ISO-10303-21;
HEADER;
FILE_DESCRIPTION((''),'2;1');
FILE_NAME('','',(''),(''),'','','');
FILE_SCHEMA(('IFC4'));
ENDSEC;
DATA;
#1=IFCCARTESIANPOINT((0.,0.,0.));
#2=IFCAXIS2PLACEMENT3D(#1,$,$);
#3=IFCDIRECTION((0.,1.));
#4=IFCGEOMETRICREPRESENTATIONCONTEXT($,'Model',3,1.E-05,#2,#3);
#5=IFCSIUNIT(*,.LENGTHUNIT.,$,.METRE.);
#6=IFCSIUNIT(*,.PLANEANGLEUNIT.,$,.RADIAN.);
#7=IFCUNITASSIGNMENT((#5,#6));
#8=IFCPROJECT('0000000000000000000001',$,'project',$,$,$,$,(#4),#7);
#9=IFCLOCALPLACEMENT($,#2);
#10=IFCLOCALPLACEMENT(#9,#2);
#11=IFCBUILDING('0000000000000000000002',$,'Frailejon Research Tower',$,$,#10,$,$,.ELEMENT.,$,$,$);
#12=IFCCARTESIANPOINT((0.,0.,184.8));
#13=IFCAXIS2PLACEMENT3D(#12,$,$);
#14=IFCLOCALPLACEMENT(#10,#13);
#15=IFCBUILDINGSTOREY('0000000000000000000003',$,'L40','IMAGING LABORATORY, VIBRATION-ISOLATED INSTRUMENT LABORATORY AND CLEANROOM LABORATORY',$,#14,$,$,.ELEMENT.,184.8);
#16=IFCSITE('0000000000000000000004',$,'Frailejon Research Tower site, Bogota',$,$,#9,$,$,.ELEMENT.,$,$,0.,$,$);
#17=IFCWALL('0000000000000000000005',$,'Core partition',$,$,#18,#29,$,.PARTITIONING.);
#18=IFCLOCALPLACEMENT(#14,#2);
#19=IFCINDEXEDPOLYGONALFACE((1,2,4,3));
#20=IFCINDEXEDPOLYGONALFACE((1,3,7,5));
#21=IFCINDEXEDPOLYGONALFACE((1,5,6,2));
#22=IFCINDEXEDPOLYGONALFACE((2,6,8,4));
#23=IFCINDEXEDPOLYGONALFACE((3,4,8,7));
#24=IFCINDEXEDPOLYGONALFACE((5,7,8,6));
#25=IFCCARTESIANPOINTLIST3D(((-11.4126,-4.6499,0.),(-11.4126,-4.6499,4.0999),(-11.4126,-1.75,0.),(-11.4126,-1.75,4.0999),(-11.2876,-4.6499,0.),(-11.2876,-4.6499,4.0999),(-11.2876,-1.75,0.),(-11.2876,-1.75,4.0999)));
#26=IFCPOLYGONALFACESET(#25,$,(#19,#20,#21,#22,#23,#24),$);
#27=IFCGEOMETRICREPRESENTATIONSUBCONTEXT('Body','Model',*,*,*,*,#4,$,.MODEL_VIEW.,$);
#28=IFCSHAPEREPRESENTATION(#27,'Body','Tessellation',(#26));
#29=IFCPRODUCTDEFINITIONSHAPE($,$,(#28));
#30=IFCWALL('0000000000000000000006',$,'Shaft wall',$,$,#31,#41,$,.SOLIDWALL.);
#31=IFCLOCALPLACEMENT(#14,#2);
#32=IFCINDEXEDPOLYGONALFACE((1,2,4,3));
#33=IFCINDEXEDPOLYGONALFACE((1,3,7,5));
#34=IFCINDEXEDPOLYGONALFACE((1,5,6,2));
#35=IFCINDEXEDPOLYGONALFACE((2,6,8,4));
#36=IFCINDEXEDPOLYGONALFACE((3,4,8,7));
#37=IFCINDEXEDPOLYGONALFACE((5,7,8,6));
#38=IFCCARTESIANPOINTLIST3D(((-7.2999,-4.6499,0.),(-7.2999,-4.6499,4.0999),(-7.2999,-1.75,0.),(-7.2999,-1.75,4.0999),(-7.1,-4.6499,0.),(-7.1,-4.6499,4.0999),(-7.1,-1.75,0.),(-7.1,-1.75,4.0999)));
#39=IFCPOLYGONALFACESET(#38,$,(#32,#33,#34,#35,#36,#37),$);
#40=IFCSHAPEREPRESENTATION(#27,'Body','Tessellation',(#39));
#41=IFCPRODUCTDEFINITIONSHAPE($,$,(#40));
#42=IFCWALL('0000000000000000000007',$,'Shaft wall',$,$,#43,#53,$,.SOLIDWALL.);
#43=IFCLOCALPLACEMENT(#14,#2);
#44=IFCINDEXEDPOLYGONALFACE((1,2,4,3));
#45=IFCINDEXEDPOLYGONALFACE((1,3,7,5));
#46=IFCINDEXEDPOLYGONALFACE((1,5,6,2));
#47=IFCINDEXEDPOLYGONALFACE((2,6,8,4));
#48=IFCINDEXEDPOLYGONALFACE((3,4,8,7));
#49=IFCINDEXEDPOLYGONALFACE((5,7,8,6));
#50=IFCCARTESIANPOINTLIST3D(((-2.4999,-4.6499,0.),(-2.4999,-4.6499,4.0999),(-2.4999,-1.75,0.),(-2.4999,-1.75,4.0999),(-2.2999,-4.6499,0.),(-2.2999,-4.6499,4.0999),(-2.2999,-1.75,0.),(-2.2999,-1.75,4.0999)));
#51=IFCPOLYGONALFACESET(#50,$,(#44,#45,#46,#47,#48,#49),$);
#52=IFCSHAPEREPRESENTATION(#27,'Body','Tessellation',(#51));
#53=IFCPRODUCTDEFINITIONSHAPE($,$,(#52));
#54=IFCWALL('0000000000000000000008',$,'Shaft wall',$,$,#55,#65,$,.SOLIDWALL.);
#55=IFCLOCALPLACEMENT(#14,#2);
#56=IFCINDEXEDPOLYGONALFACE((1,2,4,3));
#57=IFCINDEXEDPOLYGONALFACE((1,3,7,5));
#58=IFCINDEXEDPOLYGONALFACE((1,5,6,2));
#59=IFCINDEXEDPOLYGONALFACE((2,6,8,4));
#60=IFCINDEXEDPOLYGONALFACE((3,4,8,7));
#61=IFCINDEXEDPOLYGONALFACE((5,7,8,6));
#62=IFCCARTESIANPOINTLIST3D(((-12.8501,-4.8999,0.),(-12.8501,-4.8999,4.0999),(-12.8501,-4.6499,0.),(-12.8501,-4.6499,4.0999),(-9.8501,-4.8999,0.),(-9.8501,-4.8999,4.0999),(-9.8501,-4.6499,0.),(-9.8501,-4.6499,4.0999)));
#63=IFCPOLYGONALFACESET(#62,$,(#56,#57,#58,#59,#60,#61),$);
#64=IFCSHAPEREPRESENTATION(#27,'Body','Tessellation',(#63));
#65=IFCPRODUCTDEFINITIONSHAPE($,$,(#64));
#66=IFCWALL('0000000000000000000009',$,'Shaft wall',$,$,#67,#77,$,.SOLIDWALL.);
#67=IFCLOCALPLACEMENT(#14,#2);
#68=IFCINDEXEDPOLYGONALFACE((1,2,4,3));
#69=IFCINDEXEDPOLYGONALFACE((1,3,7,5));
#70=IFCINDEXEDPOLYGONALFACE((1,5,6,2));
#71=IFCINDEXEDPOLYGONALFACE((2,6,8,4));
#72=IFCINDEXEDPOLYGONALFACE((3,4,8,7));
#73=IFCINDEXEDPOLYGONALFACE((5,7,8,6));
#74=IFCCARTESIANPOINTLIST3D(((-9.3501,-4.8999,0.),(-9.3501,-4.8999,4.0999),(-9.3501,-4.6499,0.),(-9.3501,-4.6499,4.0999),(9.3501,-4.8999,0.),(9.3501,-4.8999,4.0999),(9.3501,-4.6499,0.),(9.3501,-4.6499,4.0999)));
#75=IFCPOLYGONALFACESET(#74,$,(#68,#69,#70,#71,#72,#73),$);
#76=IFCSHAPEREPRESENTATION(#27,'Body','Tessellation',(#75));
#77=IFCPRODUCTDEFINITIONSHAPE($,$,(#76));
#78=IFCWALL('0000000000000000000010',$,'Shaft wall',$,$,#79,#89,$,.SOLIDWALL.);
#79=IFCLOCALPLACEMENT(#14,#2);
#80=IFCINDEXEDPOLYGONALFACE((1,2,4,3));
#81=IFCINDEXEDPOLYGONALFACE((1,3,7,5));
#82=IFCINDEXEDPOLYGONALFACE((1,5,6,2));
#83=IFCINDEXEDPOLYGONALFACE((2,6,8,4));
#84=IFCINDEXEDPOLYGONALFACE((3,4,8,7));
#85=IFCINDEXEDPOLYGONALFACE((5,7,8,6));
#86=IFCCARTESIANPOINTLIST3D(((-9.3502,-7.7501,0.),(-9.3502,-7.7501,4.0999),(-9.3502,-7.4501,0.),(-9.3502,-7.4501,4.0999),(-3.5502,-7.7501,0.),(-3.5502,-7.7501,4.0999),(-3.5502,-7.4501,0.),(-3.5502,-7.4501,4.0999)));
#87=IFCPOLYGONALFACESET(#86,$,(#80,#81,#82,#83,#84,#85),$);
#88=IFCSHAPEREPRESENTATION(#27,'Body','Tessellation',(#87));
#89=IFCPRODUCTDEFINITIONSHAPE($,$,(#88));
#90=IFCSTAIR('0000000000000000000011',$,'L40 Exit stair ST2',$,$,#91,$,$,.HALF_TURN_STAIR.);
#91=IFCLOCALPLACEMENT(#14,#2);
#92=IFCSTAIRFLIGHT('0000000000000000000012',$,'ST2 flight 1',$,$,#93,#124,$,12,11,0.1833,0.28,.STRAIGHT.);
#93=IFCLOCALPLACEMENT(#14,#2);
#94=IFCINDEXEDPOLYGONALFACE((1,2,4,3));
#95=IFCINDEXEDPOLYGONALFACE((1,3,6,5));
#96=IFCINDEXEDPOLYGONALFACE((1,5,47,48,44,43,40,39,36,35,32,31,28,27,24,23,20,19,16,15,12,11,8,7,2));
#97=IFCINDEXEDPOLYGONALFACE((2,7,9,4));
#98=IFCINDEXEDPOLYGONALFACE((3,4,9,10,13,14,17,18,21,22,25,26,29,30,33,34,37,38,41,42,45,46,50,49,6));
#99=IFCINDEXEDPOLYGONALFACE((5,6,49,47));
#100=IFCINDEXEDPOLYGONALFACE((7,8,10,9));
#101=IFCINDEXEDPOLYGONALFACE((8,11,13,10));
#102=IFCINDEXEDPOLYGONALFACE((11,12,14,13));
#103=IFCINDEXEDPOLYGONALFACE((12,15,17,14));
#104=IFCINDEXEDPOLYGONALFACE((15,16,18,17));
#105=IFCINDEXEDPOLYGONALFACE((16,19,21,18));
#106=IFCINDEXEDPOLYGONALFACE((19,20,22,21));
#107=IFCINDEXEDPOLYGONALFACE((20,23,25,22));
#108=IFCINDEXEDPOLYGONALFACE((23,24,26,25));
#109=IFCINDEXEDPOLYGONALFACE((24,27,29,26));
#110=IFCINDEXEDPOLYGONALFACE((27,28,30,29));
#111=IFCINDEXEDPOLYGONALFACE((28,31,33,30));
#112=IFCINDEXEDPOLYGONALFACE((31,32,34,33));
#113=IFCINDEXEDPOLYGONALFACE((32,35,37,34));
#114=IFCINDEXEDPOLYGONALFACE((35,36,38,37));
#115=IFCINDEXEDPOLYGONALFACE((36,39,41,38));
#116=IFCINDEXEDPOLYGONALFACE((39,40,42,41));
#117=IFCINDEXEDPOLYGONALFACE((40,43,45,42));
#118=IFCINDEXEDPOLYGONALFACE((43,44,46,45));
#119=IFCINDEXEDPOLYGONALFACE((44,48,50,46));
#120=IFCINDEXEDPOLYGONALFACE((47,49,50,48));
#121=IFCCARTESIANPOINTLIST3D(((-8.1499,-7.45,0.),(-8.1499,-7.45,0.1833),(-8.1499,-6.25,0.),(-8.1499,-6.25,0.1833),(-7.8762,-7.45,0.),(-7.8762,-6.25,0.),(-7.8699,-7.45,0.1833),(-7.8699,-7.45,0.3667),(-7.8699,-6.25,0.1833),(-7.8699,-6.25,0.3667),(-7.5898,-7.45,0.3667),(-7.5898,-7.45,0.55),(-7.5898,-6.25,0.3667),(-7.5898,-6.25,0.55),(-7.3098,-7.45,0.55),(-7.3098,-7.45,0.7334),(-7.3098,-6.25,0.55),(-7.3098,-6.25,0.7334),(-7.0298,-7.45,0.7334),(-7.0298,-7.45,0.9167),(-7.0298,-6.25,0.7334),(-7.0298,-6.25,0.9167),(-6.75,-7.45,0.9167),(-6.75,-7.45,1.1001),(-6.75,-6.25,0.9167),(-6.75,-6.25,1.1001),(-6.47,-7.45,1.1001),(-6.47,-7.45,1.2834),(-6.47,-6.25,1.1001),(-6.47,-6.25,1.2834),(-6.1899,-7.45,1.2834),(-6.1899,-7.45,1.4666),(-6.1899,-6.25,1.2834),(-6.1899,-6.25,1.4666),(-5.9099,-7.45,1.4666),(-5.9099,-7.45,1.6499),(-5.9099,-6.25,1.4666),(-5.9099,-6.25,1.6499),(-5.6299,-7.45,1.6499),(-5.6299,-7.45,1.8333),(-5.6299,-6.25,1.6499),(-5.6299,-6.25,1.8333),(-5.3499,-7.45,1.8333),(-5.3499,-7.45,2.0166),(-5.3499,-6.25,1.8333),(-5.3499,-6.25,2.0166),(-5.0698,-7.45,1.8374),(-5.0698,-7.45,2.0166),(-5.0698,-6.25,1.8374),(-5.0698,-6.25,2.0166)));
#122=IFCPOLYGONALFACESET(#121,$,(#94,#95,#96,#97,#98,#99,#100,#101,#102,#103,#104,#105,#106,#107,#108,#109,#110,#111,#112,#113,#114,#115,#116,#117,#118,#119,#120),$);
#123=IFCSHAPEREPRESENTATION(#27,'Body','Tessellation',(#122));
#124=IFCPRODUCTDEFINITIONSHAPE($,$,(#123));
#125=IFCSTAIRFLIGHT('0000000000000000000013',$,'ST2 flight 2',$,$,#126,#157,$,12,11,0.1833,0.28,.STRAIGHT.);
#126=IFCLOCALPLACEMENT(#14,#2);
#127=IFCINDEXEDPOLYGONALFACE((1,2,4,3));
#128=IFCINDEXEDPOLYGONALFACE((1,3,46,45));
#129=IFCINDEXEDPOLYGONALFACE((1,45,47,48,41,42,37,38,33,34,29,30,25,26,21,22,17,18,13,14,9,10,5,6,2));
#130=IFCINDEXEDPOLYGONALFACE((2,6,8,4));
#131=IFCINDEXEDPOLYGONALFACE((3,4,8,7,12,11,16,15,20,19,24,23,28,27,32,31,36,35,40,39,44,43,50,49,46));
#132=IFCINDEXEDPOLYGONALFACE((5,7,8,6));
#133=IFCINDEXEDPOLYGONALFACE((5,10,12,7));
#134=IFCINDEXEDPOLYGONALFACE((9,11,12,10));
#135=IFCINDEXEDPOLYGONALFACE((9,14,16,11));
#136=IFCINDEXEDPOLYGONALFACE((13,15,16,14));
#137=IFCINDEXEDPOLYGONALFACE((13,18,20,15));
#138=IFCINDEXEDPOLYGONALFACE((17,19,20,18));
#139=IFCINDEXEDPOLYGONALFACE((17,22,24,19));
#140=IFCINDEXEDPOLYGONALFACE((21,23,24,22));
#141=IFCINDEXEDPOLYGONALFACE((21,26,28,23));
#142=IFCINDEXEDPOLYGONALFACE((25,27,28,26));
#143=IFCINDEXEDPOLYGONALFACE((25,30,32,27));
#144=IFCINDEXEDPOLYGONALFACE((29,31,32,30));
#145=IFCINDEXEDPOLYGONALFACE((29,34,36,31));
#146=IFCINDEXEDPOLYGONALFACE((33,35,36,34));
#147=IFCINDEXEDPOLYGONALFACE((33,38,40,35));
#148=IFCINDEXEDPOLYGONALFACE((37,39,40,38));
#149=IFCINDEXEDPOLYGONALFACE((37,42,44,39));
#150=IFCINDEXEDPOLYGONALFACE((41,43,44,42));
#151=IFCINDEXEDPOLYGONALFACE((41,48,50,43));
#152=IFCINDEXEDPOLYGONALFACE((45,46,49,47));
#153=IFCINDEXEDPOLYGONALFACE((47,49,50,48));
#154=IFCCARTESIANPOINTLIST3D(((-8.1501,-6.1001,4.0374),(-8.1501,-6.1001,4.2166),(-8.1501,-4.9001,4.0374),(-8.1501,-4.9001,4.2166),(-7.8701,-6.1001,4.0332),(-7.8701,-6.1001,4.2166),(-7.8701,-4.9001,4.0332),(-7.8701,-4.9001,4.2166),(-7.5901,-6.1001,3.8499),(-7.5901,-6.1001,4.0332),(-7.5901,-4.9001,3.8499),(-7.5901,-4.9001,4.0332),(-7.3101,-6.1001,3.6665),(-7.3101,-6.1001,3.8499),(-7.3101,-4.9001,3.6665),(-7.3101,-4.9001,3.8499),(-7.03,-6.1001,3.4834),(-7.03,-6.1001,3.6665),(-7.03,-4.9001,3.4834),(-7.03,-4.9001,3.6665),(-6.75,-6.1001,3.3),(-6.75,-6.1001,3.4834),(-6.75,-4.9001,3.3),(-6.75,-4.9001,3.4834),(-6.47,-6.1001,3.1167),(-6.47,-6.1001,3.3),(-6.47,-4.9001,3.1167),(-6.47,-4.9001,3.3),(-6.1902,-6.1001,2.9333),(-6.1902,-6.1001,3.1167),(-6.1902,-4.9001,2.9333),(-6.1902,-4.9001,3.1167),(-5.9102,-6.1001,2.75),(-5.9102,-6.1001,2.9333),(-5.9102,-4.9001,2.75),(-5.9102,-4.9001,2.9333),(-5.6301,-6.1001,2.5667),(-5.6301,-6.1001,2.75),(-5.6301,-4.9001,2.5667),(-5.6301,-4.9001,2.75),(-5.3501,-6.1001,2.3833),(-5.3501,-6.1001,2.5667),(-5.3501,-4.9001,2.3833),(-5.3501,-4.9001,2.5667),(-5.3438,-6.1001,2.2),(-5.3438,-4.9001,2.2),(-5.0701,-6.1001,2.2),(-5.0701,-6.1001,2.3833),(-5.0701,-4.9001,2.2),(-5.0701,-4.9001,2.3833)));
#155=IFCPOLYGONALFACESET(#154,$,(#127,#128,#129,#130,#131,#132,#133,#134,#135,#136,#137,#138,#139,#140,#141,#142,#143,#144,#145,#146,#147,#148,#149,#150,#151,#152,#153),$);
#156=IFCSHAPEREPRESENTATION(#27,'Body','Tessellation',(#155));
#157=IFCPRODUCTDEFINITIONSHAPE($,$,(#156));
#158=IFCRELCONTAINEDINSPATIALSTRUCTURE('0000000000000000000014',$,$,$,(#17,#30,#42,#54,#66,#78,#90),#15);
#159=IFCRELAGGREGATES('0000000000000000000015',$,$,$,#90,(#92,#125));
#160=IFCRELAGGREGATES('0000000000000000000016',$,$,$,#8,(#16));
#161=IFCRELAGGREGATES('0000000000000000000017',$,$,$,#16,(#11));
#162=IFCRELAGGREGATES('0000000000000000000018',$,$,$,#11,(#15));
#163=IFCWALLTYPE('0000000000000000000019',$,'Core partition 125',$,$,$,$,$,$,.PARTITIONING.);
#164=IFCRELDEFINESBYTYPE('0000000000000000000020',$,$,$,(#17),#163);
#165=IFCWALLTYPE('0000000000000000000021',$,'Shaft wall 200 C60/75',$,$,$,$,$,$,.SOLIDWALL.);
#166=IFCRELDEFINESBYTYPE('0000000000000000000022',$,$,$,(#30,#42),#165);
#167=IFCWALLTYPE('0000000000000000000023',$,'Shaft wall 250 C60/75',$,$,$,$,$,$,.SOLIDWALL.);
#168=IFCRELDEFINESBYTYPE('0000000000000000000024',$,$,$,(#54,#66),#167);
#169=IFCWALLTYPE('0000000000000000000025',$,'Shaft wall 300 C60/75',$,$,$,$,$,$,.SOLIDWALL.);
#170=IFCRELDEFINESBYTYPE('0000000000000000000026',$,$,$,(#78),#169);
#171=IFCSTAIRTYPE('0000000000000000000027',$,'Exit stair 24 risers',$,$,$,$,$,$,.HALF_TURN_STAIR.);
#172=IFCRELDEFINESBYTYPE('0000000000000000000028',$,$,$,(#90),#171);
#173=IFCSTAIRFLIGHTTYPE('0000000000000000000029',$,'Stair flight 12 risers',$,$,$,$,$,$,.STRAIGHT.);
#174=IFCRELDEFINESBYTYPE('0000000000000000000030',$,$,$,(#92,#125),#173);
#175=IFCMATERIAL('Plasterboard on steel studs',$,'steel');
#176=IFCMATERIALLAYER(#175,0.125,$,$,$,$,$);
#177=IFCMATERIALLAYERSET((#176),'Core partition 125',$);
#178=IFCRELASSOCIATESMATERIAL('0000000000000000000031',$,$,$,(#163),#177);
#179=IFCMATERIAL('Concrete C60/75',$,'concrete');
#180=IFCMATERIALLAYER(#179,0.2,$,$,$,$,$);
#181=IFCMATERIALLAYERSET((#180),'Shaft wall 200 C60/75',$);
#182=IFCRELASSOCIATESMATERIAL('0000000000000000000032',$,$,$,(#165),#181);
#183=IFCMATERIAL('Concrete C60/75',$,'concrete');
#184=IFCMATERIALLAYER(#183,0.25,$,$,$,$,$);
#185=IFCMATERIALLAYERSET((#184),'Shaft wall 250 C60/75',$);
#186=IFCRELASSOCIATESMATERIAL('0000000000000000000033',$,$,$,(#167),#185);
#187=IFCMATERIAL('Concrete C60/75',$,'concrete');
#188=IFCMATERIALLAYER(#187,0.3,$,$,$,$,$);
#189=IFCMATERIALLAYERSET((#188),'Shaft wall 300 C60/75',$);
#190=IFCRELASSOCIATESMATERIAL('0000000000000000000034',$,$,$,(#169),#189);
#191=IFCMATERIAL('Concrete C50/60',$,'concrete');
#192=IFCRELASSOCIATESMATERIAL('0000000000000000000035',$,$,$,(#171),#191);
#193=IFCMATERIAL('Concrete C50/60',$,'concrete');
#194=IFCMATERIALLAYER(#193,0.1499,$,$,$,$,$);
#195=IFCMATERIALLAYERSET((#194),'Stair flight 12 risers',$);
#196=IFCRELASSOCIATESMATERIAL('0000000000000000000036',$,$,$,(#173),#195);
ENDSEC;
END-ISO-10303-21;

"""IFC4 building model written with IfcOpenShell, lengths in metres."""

from ifc_helpers import new_model, si_unit, direction, frame, frame_2d, origin, place, context, subcontext, project, spatial, polyline, rectangle, outline, extrude, material, layer, layer_set, type_object, element, aggregate, save


model = new_model("IFC4")

# Units and contexts
model_context = context("Model", 3, precision=1e-05, world=origin(), true_north=direction((0.0, 1.0)))
body_context = subcontext(model_context, "Body", "Model", "MODEL_VIEW")
ifc_project = project(units=[si_unit("LENGTHUNIT", "METRE"), si_unit("PLANEANGLEUNIT", "RADIAN")], contexts=[model_context])

# Site, building, storey
site_placement = place(None, origin())
site = spatial("IfcSite", under=ifc_project, at=site_placement, Name="Frailejon Research Tower site, Bogota", CompositionType="ELEMENT", RefElevation=0.0)
building_placement = place(site_placement, origin())
building = spatial("IfcBuilding", under=site, at=building_placement, Name="Frailejon Research Tower", CompositionType="ELEMENT")
storey_placement = place(building_placement, frame((0.0, 0.0, 184.8)))
storey = spatial("IfcBuildingStorey", under=building, at=storey_placement, Name="L40", Description="IMAGING LABORATORY, VIBRATION-ISOLATED INSTRUMENT LABORATORY AND CLEANROOM LABORATORY", CompositionType="ELEMENT", Elevation=184.8)

# Walls
ifc_material_1 = material(Name="Plasterboard on steel studs", Category="steel")
ifc_layer_1 = layer(ifc_material_1, 0.125)
ifc_layer_set_1 = layer_set([ifc_layer_1], Name="Core partition 125")
wall_type_1 = type_object("IfcWallType", Name="Core partition 125", PredefinedType="PARTITIONING", material=ifc_layer_set_1)
wall_1_placement = place(storey_placement, frame((-11.3501, -4.6499, 0.0), z_axis=(0.0, 0.0, 1.0), x_axis=(0.0, 1.0, 0.0)))
element("IfcWall", 1, at=wall_1_placement, inside=storey, type_object=wall_type_1, Name="Core partition", PredefinedType="PARTITIONING", context=body_context, shape_type="SweptSolid", body=[
    extrude(rectangle(XDim=2.8999, YDim=0.125, at=frame_2d((1.45, 0.0))), origin(), (0.0, 0.0, 1.0), 4.0999),
])
ifc_material_2 = material(Name="Concrete C60/75", Category="concrete")
ifc_layer_2 = layer(ifc_material_2, 0.2)
ifc_layer_set_2 = layer_set([ifc_layer_2], Name="Shaft wall 200 C60/75")
wall_type_2 = type_object("IfcWallType", Name="Shaft wall 200 C60/75", PredefinedType="SOLIDWALL", material=ifc_layer_set_2)
for number, where, z_axis, x_axis, name in (
    (2, (-7.2, -4.6499, 0.0), (0.0, 0.0, 1.0), (0.0, 1.0, 0.0), "Shaft wall"),
    (3, (-2.3999, -4.6499, 0.0), (0.0, 0.0, 1.0), (0.0, 1.0, 0.0), "Shaft wall"),
):
    element("IfcWall", number, at=place(storey_placement, frame(where, z_axis=z_axis, x_axis=x_axis)), inside=storey, type_object=wall_type_2, Name=name, PredefinedType="SOLIDWALL", context=body_context, shape_type="SweptSolid", body=[
        extrude(rectangle(XDim=2.8999, YDim=0.2, at=frame_2d((1.45, 0.0))), origin(), (0.0, 0.0, 1.0), 4.0999),
    ])
ifc_material_3 = material(Name="Concrete C60/75", Category="concrete")
ifc_layer_3 = layer(ifc_material_3, 0.25)
ifc_layer_set_3 = layer_set([ifc_layer_3], Name="Shaft wall 250 C60/75")
wall_type_3 = type_object("IfcWallType", Name="Shaft wall 250 C60/75", PredefinedType="SOLIDWALL", material=ifc_layer_set_3)
wall_2_placement = place(storey_placement, frame((-12.8501, -4.7749, 0.0), z_axis=(0.0, 0.0, 1.0), x_axis=(1.0, 0.0, 0.0)))
element("IfcWall", 4, at=wall_2_placement, inside=storey, type_object=wall_type_3, Name="Shaft wall", PredefinedType="SOLIDWALL", context=body_context, shape_type="SweptSolid", body=[
    extrude(rectangle(XDim=3.0, YDim=0.25, at=frame_2d((1.5, 0.0))), origin(), (0.0, 0.0, 1.0), 4.0999),
])
wall_3_placement = place(storey_placement, frame((-9.3501, -4.7749, 0.0), z_axis=(0.0, 0.0, 1.0), x_axis=(1.0, 0.0, 0.0)))
element("IfcWall", 5, at=wall_3_placement, inside=storey, type_object=wall_type_3, Name="Shaft wall", PredefinedType="SOLIDWALL", context=body_context, shape_type="SweptSolid", body=[
    extrude(rectangle(XDim=18.7002, YDim=0.25, at=frame_2d((9.3501, 0.0))), origin(), (0.0, 0.0, 1.0), 4.0999),
])
ifc_material_4 = material(Name="Concrete C60/75", Category="concrete")
ifc_layer_4 = layer(ifc_material_4, 0.3)
ifc_layer_set_4 = layer_set([ifc_layer_4], Name="Shaft wall 300 C60/75")
wall_type_4 = type_object("IfcWallType", Name="Shaft wall 300 C60/75", PredefinedType="SOLIDWALL", material=ifc_layer_set_4)
wall_4_placement = place(storey_placement, frame((-9.3501, -7.6001, 0.0), z_axis=(0.0, 0.0, 1.0), x_axis=(1.0, 0.0, 0.0)))
element("IfcWall", 6, at=wall_4_placement, inside=storey, type_object=wall_type_4, Name="Shaft wall", PredefinedType="SOLIDWALL", context=body_context, shape_type="SweptSolid", body=[
    extrude(rectangle(XDim=5.8, YDim=0.3, at=frame_2d((2.8999, 0.0))), origin(), (0.0, 0.0, 1.0), 4.0999),
])

# Stair, stair flights
ifc_material_5 = material(Name="Concrete C50/60", Category="concrete")
stair_type = type_object("IfcStairType", Name="Exit stair 24 risers", PredefinedType="HALF_TURN_STAIR", material=ifc_material_5)
stair_placement = place(storey_placement, origin())
stair = element("IfcStair", 7, at=stair_placement, inside=storey, type_object=stair_type, Name="L40 Exit stair ST2", PredefinedType="HALF_TURN_STAIR")
ifc_material_6 = material(Name="Concrete C50/60", Category="concrete")
ifc_layer_5 = layer(ifc_material_6, 0.1499)
ifc_layer_set_5 = layer_set([ifc_layer_5], Name="Stair flight 12 risers")
stair_flight_type = type_object("IfcStairFlightType", Name="Stair flight 12 risers", PredefinedType="STRAIGHT", material=ifc_layer_set_5)
stair_flight_1_placement = place(storey_placement, frame((-8.1499, -6.8501, 0.0), z_axis=(0.0, 0.0, 1.0), x_axis=(1.0, 0.0, 0.0)))
stair_flight_1 = element("IfcStairFlight", 8, at=stair_flight_1_placement, type_object=stair_flight_type, Name="ST2 flight 1", NumberOfRisers=12, NumberOfTreads=11, PredefinedType="STRAIGHT", RiserHeight=0.1833, TreadLength=0.28, context=body_context, shape_type="SweptSolid", body=[
    extrude(outline(polyline([(0.0, 0.0), (0.0, 0.1833), (0.28, 0.1833), (0.28, 0.3667), (0.5601, 0.3667), (0.5601, 0.55), (0.8401, 0.55), (0.8401, 0.7334), (1.1201, 0.7334), (1.1201, 0.9167), (1.3999, 0.9167), (1.3999, 1.1001), (1.6799, 1.1001), (1.6799, 1.2834), (1.96, 1.2834), (1.96, 1.4666), (2.24, 1.4666), (2.24, 1.6499), (2.52, 1.6499), (2.52, 1.8333), (2.8, 1.8333), (2.8, 2.0166), (3.0801, 2.0166), (3.0801, 2.2), (3.0801, 1.8374), (0.2737, 0.0), (0.0, 0.0)])), frame((0.0, 0.6001, 0.0), z_axis=(0.0, -1.0, 0.0), x_axis=(1.0, 0.0, 0.0)), (0.0, 0.0, 1.0), 1.2),
])
stair_flight_2_placement = place(storey_placement, frame((-5.0701, -5.5, 2.2), z_axis=(0.0, 0.0, 1.0), x_axis=(-1.0, 0.0, 0.0)))
stair_flight_2 = element("IfcStairFlight", 9, at=stair_flight_2_placement, type_object=stair_flight_type, Name="ST2 flight 2", NumberOfRisers=12, NumberOfTreads=11, PredefinedType="STRAIGHT", RiserHeight=0.1833, TreadLength=0.28, context=body_context, shape_type="SweptSolid", body=[
    extrude(outline(polyline([(0.0, 0.0), (0.0, 0.1833), (0.28, 0.1833), (0.28, 0.3667), (0.5601, 0.3667), (0.5601, 0.55), (0.8401, 0.55), (0.8401, 0.7334), (1.1201, 0.7334), (1.1201, 0.9167), (1.3999, 0.9167), (1.3999, 1.1001), (1.6799, 1.1001), (1.6799, 1.2834), (1.96, 1.2834), (1.96, 1.4666), (2.24, 1.4666), (2.24, 1.6499), (2.52, 1.6499), (2.52, 1.8333), (2.8, 1.8333), (2.8, 2.0166), (3.0801, 2.0166), (3.0801, 2.2), (3.0801, 1.8374), (0.2737, 0.0), (0.0, 0.0)])), frame((0.0, 0.6001, 0.0), z_axis=(0.0, -1.0, 0.0), x_axis=(1.0, 0.0, 0.0)), (0.0, 0.0, 1.0), 1.2),
])
aggregate(stair, [stair_flight_1, stair_flight_2])

save(model, "model.ifc")
